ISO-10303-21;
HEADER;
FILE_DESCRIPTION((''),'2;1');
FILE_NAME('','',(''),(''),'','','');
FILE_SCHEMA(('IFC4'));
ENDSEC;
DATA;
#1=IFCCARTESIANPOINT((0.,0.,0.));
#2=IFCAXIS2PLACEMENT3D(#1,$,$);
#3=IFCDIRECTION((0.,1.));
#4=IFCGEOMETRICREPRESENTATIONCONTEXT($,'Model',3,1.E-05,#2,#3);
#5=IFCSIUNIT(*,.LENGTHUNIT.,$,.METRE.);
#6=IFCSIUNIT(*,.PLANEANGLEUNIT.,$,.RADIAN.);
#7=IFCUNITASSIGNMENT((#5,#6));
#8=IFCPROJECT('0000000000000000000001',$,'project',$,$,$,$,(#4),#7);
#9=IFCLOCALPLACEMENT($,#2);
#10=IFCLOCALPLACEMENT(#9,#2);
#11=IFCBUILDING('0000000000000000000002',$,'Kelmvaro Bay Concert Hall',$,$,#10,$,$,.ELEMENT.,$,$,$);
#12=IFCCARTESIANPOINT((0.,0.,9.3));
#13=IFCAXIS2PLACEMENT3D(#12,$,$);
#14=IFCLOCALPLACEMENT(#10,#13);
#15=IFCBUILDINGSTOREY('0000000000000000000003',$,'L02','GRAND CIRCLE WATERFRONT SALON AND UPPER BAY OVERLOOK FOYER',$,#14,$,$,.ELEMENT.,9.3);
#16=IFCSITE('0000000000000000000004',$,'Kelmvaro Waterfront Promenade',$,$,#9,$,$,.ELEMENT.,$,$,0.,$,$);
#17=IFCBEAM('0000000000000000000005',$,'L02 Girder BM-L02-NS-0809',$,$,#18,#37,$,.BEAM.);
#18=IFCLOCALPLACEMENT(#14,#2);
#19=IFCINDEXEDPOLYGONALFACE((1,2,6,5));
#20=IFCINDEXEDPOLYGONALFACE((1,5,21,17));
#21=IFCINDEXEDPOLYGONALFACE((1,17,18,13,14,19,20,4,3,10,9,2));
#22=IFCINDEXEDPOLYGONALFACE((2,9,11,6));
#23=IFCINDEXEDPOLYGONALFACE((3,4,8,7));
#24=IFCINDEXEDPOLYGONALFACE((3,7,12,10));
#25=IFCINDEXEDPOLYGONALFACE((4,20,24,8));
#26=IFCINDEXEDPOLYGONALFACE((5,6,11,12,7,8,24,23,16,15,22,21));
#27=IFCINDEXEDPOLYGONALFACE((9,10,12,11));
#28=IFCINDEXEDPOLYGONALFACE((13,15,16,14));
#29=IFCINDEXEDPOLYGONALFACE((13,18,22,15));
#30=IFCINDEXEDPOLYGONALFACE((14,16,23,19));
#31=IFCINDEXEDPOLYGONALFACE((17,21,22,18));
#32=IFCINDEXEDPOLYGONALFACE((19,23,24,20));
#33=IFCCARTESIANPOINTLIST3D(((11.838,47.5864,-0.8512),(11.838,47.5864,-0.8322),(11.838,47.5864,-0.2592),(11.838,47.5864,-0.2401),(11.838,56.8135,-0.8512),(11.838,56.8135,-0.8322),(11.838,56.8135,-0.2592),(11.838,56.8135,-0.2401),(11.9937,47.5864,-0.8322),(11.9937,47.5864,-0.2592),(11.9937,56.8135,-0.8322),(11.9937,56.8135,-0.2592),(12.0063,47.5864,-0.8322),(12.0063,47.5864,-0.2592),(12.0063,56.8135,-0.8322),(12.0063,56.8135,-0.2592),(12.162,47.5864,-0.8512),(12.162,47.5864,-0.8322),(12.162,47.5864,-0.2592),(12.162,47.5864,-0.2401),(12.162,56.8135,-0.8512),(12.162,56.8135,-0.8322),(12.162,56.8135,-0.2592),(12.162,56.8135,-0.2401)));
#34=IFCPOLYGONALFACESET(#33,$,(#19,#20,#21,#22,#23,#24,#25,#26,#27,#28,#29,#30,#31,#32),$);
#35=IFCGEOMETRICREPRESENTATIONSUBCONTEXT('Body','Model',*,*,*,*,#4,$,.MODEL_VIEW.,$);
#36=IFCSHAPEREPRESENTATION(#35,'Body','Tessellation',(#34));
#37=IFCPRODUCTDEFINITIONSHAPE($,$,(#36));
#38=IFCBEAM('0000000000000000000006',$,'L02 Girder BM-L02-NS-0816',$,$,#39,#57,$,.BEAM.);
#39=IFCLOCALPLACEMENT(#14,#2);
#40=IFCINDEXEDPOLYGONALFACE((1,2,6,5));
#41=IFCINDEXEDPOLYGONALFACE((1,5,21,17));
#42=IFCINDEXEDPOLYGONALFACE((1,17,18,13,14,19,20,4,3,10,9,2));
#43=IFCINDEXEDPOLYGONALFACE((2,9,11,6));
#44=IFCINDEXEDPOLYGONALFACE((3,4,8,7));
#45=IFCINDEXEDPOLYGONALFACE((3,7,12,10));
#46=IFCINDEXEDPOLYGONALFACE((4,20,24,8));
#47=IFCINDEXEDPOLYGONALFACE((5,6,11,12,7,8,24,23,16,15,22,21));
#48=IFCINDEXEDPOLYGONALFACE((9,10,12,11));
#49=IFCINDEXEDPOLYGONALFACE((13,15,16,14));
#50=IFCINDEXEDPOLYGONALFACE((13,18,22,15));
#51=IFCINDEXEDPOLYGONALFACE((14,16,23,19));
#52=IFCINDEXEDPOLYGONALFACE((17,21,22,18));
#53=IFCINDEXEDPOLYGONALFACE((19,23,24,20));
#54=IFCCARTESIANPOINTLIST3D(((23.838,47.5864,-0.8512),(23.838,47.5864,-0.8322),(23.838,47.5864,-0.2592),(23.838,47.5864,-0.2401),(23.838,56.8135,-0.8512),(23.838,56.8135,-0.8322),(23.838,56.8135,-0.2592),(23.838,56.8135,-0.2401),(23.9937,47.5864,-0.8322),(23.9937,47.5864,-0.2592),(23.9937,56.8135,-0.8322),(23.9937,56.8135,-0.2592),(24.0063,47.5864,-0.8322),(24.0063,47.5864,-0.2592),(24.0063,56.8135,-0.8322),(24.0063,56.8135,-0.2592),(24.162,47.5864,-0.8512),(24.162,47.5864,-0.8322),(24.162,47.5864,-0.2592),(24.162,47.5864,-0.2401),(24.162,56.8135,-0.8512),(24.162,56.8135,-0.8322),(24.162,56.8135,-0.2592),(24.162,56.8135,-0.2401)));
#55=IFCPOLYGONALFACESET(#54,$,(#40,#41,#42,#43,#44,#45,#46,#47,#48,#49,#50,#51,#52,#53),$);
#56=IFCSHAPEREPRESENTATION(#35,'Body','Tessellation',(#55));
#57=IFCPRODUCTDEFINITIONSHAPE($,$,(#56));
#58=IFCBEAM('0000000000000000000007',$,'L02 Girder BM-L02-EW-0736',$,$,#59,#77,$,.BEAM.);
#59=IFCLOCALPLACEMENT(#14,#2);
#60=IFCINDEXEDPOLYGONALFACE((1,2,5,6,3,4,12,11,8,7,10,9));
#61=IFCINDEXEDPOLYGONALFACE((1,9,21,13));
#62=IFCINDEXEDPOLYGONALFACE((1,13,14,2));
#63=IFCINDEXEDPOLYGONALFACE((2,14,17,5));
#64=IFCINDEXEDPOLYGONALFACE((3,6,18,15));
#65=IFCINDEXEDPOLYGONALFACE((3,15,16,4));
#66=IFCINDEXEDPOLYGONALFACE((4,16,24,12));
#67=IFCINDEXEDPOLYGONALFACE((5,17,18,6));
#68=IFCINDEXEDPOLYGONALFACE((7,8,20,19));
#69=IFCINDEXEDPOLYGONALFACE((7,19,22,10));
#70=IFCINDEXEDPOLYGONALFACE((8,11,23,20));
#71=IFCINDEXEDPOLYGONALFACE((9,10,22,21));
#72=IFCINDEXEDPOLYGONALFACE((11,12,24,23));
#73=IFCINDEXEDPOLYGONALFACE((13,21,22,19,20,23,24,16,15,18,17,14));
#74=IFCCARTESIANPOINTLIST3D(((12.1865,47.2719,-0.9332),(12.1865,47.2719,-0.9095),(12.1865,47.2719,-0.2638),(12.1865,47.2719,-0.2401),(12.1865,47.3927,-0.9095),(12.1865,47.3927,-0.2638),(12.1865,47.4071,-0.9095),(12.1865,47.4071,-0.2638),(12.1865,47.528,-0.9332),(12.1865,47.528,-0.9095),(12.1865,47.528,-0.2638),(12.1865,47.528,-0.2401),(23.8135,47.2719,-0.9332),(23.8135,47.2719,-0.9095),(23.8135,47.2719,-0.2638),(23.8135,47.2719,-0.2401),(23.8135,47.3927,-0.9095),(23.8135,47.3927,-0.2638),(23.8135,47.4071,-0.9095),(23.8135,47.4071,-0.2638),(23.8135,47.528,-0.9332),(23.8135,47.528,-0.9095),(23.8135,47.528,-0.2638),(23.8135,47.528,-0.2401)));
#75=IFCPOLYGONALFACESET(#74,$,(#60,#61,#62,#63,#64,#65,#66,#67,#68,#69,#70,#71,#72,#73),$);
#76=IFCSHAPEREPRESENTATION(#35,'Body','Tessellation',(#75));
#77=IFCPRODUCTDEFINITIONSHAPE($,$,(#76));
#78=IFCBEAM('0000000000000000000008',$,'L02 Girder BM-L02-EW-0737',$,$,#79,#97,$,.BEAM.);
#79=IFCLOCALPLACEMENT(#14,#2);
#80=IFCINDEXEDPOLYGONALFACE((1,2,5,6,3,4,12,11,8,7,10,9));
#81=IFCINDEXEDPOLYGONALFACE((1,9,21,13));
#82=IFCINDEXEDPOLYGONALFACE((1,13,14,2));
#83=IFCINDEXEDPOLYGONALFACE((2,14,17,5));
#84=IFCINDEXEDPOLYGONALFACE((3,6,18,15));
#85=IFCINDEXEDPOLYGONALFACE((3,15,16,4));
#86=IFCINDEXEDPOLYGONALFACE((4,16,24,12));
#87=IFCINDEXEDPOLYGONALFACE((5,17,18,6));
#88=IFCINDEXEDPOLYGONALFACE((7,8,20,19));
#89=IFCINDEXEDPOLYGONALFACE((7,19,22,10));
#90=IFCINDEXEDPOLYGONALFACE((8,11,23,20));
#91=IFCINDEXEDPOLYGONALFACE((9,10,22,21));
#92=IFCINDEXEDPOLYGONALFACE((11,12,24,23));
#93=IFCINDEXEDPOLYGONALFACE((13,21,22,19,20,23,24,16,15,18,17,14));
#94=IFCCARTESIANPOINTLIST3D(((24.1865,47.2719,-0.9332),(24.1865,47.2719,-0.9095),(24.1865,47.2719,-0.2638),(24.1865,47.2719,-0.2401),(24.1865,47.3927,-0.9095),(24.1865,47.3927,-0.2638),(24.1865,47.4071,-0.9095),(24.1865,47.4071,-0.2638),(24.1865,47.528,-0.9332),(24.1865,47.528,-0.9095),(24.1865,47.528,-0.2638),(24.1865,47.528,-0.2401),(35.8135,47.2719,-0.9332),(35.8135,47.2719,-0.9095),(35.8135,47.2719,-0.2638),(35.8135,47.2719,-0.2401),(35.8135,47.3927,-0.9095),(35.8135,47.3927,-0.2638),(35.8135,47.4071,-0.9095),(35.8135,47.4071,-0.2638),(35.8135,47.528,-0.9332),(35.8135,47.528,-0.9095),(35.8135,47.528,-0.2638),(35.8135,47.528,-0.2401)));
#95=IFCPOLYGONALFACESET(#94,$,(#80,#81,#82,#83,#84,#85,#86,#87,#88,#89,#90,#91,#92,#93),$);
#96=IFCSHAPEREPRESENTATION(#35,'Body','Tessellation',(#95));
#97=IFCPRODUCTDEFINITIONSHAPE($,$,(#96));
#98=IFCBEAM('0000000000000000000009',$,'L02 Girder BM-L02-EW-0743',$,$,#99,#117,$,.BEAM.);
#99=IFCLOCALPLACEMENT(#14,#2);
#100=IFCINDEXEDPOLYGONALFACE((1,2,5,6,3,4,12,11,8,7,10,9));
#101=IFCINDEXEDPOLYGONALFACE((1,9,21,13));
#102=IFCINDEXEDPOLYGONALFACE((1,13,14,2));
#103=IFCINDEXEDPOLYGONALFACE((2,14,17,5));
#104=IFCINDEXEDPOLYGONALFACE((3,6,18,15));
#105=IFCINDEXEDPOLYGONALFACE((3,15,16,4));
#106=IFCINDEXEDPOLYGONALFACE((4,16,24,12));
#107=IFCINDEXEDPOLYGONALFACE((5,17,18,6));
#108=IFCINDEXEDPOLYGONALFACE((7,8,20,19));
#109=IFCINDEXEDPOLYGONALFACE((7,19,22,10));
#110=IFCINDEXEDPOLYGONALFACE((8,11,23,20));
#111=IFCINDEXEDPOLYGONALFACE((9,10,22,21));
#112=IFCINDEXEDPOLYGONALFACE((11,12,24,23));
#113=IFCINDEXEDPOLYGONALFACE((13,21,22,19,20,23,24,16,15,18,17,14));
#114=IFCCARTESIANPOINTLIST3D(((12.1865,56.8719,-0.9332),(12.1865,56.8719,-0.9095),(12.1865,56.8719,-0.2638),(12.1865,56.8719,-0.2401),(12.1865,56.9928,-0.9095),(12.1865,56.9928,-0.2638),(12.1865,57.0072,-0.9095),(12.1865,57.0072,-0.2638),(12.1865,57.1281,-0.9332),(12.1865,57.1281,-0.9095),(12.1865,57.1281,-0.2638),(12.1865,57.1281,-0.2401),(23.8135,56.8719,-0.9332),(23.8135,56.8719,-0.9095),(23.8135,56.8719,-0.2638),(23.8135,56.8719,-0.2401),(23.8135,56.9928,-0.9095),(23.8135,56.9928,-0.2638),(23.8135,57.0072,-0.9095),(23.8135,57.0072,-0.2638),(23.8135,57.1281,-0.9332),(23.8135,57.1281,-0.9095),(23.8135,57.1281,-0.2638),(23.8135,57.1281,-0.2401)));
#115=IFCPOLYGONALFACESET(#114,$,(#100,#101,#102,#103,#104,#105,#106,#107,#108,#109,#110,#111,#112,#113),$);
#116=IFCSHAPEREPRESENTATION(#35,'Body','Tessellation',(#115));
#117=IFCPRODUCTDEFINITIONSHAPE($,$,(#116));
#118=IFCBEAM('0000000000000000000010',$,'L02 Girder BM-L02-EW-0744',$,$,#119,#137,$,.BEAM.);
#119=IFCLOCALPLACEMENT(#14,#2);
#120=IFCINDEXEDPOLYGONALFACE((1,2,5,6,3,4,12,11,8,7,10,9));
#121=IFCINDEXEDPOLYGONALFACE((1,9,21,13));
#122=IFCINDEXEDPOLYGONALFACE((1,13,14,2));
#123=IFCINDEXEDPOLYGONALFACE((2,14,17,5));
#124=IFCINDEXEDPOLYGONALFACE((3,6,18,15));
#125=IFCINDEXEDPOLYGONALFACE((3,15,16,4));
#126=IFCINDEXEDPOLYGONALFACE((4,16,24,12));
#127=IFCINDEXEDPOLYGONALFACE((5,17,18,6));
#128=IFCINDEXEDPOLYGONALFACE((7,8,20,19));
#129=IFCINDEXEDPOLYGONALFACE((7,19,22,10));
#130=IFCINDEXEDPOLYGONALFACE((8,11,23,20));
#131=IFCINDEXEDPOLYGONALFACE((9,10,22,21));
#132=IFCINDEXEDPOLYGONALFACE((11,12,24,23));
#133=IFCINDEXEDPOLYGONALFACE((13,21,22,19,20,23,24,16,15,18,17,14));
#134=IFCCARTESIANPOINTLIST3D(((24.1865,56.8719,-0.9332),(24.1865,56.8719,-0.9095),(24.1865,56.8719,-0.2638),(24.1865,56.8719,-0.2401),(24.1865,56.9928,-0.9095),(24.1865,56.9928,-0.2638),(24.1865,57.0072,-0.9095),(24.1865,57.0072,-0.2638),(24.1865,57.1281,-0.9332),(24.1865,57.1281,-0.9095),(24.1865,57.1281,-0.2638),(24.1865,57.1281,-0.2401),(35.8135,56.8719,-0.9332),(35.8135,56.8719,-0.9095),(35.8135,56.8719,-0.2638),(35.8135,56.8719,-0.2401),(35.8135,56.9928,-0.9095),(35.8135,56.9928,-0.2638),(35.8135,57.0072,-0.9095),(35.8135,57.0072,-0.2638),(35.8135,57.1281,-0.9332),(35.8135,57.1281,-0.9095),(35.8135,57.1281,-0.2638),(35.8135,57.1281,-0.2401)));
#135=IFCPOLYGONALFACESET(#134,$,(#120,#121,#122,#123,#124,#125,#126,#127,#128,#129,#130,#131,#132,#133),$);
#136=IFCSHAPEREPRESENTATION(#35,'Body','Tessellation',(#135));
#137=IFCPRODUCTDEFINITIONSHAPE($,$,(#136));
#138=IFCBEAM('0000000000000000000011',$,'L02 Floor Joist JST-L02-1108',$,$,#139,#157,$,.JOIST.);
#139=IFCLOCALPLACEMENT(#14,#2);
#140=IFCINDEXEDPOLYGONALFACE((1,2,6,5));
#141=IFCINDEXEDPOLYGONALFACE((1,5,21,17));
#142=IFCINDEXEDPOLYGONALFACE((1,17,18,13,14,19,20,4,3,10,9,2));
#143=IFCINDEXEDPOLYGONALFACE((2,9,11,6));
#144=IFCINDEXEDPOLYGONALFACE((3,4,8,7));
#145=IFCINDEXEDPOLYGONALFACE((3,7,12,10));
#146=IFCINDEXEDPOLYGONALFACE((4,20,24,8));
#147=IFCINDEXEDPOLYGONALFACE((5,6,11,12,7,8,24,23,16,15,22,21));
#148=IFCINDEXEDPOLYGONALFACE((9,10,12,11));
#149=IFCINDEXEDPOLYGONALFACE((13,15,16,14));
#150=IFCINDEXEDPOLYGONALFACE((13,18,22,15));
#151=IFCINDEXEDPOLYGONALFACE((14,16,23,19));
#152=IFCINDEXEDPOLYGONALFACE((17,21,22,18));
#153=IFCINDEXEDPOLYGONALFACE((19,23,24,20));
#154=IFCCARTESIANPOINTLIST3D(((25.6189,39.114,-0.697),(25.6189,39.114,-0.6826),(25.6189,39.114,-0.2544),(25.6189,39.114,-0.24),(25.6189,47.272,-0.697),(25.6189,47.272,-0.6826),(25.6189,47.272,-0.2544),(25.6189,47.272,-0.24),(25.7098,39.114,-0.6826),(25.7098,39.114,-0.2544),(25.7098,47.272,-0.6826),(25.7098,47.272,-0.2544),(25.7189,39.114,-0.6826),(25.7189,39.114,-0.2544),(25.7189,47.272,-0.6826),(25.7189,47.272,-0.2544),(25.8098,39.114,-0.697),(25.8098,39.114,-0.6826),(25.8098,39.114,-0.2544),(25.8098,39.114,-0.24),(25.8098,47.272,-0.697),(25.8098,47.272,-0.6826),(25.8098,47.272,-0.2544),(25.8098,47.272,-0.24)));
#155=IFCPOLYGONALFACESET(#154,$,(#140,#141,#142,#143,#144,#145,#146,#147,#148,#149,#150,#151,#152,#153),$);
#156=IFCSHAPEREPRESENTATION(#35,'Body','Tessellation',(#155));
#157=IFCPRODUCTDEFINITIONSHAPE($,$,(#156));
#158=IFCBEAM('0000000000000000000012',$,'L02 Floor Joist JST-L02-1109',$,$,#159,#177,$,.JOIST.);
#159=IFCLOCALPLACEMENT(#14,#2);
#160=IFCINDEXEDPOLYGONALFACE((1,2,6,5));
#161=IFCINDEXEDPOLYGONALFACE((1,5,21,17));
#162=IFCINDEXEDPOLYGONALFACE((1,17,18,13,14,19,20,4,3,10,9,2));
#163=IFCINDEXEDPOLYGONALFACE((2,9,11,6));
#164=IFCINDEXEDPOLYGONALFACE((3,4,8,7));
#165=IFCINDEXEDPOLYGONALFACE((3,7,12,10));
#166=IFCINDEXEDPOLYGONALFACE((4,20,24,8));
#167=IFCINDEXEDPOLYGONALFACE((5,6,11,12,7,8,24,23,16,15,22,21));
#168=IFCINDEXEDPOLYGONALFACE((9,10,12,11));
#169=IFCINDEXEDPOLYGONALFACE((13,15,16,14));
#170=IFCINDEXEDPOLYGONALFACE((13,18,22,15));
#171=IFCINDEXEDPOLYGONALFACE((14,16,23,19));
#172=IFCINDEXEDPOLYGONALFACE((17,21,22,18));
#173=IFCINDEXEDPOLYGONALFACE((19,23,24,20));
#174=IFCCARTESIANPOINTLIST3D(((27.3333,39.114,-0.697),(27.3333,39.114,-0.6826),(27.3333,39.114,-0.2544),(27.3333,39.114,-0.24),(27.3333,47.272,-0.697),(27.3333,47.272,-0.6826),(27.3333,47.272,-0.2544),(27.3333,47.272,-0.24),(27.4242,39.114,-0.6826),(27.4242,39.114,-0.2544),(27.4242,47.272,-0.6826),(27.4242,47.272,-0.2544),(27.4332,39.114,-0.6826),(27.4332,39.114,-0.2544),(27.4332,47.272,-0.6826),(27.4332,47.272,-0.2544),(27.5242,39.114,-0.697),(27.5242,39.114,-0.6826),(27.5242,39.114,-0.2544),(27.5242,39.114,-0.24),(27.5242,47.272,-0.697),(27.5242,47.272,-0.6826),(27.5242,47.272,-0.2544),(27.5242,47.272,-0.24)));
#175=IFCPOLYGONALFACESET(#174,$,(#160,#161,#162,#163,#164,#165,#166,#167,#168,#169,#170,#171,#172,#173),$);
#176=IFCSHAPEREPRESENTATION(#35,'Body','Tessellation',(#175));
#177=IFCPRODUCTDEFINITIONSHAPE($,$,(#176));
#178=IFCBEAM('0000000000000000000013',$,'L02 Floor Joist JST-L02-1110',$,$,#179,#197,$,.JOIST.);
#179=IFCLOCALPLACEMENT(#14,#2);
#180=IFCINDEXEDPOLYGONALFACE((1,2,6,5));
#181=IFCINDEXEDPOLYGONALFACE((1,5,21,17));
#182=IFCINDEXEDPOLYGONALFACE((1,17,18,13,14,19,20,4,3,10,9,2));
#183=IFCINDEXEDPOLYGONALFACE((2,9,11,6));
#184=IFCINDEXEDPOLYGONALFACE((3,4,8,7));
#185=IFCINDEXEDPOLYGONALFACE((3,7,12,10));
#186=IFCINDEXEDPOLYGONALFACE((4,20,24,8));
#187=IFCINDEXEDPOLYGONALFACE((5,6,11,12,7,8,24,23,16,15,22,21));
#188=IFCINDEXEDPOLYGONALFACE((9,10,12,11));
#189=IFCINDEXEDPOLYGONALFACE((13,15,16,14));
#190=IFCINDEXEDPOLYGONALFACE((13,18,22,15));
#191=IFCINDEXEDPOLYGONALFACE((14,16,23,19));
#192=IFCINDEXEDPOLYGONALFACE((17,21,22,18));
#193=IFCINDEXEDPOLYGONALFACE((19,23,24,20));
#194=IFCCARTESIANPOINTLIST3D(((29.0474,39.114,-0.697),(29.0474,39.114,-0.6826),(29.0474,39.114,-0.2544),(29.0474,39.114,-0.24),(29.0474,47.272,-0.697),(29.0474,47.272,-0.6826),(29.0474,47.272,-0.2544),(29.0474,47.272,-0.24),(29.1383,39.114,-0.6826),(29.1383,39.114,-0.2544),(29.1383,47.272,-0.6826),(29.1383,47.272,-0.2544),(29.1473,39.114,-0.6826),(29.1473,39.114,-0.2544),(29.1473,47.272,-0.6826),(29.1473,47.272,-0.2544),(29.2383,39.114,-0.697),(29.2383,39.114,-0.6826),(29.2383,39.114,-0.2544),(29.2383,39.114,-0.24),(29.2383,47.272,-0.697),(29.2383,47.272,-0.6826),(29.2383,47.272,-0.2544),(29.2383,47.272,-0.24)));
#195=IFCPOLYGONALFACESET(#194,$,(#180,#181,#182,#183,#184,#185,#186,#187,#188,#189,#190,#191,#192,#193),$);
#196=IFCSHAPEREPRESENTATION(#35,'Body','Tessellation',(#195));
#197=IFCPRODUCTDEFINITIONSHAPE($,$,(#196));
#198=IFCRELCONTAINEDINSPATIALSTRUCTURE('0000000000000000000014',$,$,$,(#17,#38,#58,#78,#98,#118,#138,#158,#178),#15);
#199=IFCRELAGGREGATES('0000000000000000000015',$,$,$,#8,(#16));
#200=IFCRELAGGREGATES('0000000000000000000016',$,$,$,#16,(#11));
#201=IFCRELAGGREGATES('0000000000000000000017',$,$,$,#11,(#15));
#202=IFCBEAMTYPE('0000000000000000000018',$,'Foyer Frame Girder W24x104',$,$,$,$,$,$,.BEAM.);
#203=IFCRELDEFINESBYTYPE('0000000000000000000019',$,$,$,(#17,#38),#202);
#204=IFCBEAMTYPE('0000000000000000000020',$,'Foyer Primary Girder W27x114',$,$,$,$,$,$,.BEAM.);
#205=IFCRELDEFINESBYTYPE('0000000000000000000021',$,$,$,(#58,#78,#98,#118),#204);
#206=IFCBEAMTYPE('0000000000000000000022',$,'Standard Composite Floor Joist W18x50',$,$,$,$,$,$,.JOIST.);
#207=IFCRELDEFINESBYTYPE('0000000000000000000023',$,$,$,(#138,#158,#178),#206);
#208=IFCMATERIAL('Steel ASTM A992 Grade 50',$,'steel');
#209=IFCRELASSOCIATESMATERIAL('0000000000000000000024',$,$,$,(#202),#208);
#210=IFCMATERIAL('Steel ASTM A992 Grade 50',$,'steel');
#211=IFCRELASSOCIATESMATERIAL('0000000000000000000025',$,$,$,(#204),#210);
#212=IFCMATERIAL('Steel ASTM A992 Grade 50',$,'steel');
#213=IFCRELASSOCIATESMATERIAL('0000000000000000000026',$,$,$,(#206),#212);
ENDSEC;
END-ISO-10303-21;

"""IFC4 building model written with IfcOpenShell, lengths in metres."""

from ifc_helpers import new_model, si_unit, direction, frame, origin, origin_2d, place, context, subcontext, project, spatial, i_section, extrude, material, material_profile, profile_set, type_object, element, save


model = new_model("IFC4")

# Units and contexts
model_context = context("Model", 3, precision=1e-05, world=origin(), true_north=direction((0.0, 1.0)))
body_context = subcontext(model_context, "Body", "Model", "MODEL_VIEW")
ifc_project = project(units=[si_unit("LENGTHUNIT", "METRE"), si_unit("PLANEANGLEUNIT", "RADIAN")], contexts=[model_context])

# Site, building, storey
site_placement = place(None, origin())
site = spatial("IfcSite", under=ifc_project, at=site_placement, Name="Kelmvaro Waterfront Promenade", CompositionType="ELEMENT", RefElevation=0.0)
building_placement = place(site_placement, origin())
building = spatial("IfcBuilding", under=site, at=building_placement, Name="Kelmvaro Bay Concert Hall", CompositionType="ELEMENT")
storey_placement = place(building_placement, frame((0.0, 0.0, 9.3)))
storey = spatial("IfcBuildingStorey", under=building, at=storey_placement, Name="L02", Description="GRAND CIRCLE WATERFRONT SALON AND UPPER BAY OVERLOOK FOYER", CompositionType="ELEMENT", Elevation=9.3)

# Beams
ifc_material_1 = material(Name="Steel ASTM A992 Grade 50", Category="steel")
ifc_material_profile_1 = material_profile(ifc_material_1, i_section(OverallWidth=0.324, OverallDepth=0.6111, WebThickness=0.0127, FlangeThickness=0.019, at=origin_2d()), Name="W24X104")
ifc_profile_set_1 = profile_set([ifc_material_profile_1], Name="Steel ASTM A992 Grade 50")
beam_type_1 = type_object("IfcBeamType", Name="Foyer Frame Girder W24x104", PredefinedType="BEAM", material=ifc_profile_set_1)
for number, where, z_axis, x_axis, name in (
    (1, (12.0, 47.5864, -0.5457), (0.0, 1.0, 0.0), (-1.0, 0.0, 0.0), "L02 Girder BM-L02-NS-0809"),
    (2, (24.0, 47.5864, -0.5457), (0.0, 1.0, 0.0), (-1.0, 0.0, 0.0), "L02 Girder BM-L02-NS-0816"),
):
    element("IfcBeam", number, at=place(storey_placement, frame(where, z_axis=z_axis, x_axis=x_axis)), inside=storey, type_object=beam_type_1, Name=name, PredefinedType="BEAM", context=body_context, shape_type="SweptSolid", body=[
        extrude(i_section(OverallWidth=0.324, OverallDepth=0.6111, WebThickness=0.0127, FlangeThickness=0.019, at=origin_2d()), origin(), (0.0, 0.0, 1.0), 9.2271),
    ])
ifc_material_2 = material(Name="Steel ASTM A992 Grade 50", Category="steel")
ifc_material_profile_2 = material_profile(ifc_material_2, i_section(OverallWidth=0.2561, OverallDepth=0.6931, WebThickness=0.0144, FlangeThickness=0.0237, at=origin_2d()), Name="W27X114")
ifc_profile_set_2 = profile_set([ifc_material_profile_2], Name="Steel ASTM A992 Grade 50")
beam_type_2 = type_object("IfcBeamType", Name="Foyer Primary Girder W27x114", PredefinedType="BEAM", material=ifc_profile_set_2)
for number, where, z_axis, x_axis, name in (
    (3, (12.1865, 47.3999, -0.5867), (1.0, 0.0, 0.0), (0.0, 1.0, 0.0), "L02 Girder BM-L02-EW-0736"),
    (4, (24.1865, 47.3999, -0.5867), (1.0, 0.0, 0.0), (0.0, 1.0, 0.0), "L02 Girder BM-L02-EW-0737"),
    (5, (12.1865, 57.0, -0.5867), (1.0, 0.0, 0.0), (0.0, 1.0, 0.0), "L02 Girder BM-L02-EW-0743"),
    (6, (24.1865, 57.0, -0.5867), (1.0, 0.0, 0.0), (0.0, 1.0, 0.0), "L02 Girder BM-L02-EW-0744"),
):
    element("IfcBeam", number, at=place(storey_placement, frame(where, z_axis=z_axis, x_axis=x_axis)), inside=storey, type_object=beam_type_2, Name=name, PredefinedType="BEAM", context=body_context, shape_type="SweptSolid", body=[
        extrude(i_section(OverallWidth=0.2561, OverallDepth=0.6931, WebThickness=0.0144, FlangeThickness=0.0237, at=origin_2d()), origin(), (0.0, 0.0, 1.0), 11.627),
    ])
ifc_material_3 = material(Name="Steel ASTM A992 Grade 50", Category="steel")
ifc_material_profile_3 = material_profile(ifc_material_3, i_section(OverallWidth=0.1909, OverallDepth=0.457, WebThickness=0.009, FlangeThickness=0.0144, at=origin_2d()), Name="W18X50")
ifc_profile_set_3 = profile_set([ifc_material_profile_3], Name="Steel ASTM A992 Grade 50")
beam_type_3 = type_object("IfcBeamType", Name="Standard Composite Floor Joist W18x50", PredefinedType="JOIST", material=ifc_profile_set_3)
for number, where, z_axis, x_axis, name in (
    (7, (25.7144, 39.114, -0.4685), (0.0, 1.0, 0.0), (-1.0, 0.0, 0.0), "L02 Floor Joist JST-L02-1108"),
    (8, (27.4287, 39.114, -0.4685), (0.0, 1.0, 0.0), (-1.0, 0.0, 0.0), "L02 Floor Joist JST-L02-1109"),
    (9, (29.1428, 39.114, -0.4685), (0.0, 1.0, 0.0), (-1.0, 0.0, 0.0), "L02 Floor Joist JST-L02-1110"),
):
    element("IfcBeam", number, at=place(storey_placement, frame(where, z_axis=z_axis, x_axis=x_axis)), inside=storey, type_object=beam_type_3, Name=name, PredefinedType="JOIST", context=body_context, shape_type="SweptSolid", body=[
        extrude(i_section(OverallWidth=0.1909, OverallDepth=0.457, WebThickness=0.009, FlangeThickness=0.0144, at=origin_2d()), origin(), (0.0, 0.0, 1.0), 8.158),
    ])

save(model, "model.ifc")
